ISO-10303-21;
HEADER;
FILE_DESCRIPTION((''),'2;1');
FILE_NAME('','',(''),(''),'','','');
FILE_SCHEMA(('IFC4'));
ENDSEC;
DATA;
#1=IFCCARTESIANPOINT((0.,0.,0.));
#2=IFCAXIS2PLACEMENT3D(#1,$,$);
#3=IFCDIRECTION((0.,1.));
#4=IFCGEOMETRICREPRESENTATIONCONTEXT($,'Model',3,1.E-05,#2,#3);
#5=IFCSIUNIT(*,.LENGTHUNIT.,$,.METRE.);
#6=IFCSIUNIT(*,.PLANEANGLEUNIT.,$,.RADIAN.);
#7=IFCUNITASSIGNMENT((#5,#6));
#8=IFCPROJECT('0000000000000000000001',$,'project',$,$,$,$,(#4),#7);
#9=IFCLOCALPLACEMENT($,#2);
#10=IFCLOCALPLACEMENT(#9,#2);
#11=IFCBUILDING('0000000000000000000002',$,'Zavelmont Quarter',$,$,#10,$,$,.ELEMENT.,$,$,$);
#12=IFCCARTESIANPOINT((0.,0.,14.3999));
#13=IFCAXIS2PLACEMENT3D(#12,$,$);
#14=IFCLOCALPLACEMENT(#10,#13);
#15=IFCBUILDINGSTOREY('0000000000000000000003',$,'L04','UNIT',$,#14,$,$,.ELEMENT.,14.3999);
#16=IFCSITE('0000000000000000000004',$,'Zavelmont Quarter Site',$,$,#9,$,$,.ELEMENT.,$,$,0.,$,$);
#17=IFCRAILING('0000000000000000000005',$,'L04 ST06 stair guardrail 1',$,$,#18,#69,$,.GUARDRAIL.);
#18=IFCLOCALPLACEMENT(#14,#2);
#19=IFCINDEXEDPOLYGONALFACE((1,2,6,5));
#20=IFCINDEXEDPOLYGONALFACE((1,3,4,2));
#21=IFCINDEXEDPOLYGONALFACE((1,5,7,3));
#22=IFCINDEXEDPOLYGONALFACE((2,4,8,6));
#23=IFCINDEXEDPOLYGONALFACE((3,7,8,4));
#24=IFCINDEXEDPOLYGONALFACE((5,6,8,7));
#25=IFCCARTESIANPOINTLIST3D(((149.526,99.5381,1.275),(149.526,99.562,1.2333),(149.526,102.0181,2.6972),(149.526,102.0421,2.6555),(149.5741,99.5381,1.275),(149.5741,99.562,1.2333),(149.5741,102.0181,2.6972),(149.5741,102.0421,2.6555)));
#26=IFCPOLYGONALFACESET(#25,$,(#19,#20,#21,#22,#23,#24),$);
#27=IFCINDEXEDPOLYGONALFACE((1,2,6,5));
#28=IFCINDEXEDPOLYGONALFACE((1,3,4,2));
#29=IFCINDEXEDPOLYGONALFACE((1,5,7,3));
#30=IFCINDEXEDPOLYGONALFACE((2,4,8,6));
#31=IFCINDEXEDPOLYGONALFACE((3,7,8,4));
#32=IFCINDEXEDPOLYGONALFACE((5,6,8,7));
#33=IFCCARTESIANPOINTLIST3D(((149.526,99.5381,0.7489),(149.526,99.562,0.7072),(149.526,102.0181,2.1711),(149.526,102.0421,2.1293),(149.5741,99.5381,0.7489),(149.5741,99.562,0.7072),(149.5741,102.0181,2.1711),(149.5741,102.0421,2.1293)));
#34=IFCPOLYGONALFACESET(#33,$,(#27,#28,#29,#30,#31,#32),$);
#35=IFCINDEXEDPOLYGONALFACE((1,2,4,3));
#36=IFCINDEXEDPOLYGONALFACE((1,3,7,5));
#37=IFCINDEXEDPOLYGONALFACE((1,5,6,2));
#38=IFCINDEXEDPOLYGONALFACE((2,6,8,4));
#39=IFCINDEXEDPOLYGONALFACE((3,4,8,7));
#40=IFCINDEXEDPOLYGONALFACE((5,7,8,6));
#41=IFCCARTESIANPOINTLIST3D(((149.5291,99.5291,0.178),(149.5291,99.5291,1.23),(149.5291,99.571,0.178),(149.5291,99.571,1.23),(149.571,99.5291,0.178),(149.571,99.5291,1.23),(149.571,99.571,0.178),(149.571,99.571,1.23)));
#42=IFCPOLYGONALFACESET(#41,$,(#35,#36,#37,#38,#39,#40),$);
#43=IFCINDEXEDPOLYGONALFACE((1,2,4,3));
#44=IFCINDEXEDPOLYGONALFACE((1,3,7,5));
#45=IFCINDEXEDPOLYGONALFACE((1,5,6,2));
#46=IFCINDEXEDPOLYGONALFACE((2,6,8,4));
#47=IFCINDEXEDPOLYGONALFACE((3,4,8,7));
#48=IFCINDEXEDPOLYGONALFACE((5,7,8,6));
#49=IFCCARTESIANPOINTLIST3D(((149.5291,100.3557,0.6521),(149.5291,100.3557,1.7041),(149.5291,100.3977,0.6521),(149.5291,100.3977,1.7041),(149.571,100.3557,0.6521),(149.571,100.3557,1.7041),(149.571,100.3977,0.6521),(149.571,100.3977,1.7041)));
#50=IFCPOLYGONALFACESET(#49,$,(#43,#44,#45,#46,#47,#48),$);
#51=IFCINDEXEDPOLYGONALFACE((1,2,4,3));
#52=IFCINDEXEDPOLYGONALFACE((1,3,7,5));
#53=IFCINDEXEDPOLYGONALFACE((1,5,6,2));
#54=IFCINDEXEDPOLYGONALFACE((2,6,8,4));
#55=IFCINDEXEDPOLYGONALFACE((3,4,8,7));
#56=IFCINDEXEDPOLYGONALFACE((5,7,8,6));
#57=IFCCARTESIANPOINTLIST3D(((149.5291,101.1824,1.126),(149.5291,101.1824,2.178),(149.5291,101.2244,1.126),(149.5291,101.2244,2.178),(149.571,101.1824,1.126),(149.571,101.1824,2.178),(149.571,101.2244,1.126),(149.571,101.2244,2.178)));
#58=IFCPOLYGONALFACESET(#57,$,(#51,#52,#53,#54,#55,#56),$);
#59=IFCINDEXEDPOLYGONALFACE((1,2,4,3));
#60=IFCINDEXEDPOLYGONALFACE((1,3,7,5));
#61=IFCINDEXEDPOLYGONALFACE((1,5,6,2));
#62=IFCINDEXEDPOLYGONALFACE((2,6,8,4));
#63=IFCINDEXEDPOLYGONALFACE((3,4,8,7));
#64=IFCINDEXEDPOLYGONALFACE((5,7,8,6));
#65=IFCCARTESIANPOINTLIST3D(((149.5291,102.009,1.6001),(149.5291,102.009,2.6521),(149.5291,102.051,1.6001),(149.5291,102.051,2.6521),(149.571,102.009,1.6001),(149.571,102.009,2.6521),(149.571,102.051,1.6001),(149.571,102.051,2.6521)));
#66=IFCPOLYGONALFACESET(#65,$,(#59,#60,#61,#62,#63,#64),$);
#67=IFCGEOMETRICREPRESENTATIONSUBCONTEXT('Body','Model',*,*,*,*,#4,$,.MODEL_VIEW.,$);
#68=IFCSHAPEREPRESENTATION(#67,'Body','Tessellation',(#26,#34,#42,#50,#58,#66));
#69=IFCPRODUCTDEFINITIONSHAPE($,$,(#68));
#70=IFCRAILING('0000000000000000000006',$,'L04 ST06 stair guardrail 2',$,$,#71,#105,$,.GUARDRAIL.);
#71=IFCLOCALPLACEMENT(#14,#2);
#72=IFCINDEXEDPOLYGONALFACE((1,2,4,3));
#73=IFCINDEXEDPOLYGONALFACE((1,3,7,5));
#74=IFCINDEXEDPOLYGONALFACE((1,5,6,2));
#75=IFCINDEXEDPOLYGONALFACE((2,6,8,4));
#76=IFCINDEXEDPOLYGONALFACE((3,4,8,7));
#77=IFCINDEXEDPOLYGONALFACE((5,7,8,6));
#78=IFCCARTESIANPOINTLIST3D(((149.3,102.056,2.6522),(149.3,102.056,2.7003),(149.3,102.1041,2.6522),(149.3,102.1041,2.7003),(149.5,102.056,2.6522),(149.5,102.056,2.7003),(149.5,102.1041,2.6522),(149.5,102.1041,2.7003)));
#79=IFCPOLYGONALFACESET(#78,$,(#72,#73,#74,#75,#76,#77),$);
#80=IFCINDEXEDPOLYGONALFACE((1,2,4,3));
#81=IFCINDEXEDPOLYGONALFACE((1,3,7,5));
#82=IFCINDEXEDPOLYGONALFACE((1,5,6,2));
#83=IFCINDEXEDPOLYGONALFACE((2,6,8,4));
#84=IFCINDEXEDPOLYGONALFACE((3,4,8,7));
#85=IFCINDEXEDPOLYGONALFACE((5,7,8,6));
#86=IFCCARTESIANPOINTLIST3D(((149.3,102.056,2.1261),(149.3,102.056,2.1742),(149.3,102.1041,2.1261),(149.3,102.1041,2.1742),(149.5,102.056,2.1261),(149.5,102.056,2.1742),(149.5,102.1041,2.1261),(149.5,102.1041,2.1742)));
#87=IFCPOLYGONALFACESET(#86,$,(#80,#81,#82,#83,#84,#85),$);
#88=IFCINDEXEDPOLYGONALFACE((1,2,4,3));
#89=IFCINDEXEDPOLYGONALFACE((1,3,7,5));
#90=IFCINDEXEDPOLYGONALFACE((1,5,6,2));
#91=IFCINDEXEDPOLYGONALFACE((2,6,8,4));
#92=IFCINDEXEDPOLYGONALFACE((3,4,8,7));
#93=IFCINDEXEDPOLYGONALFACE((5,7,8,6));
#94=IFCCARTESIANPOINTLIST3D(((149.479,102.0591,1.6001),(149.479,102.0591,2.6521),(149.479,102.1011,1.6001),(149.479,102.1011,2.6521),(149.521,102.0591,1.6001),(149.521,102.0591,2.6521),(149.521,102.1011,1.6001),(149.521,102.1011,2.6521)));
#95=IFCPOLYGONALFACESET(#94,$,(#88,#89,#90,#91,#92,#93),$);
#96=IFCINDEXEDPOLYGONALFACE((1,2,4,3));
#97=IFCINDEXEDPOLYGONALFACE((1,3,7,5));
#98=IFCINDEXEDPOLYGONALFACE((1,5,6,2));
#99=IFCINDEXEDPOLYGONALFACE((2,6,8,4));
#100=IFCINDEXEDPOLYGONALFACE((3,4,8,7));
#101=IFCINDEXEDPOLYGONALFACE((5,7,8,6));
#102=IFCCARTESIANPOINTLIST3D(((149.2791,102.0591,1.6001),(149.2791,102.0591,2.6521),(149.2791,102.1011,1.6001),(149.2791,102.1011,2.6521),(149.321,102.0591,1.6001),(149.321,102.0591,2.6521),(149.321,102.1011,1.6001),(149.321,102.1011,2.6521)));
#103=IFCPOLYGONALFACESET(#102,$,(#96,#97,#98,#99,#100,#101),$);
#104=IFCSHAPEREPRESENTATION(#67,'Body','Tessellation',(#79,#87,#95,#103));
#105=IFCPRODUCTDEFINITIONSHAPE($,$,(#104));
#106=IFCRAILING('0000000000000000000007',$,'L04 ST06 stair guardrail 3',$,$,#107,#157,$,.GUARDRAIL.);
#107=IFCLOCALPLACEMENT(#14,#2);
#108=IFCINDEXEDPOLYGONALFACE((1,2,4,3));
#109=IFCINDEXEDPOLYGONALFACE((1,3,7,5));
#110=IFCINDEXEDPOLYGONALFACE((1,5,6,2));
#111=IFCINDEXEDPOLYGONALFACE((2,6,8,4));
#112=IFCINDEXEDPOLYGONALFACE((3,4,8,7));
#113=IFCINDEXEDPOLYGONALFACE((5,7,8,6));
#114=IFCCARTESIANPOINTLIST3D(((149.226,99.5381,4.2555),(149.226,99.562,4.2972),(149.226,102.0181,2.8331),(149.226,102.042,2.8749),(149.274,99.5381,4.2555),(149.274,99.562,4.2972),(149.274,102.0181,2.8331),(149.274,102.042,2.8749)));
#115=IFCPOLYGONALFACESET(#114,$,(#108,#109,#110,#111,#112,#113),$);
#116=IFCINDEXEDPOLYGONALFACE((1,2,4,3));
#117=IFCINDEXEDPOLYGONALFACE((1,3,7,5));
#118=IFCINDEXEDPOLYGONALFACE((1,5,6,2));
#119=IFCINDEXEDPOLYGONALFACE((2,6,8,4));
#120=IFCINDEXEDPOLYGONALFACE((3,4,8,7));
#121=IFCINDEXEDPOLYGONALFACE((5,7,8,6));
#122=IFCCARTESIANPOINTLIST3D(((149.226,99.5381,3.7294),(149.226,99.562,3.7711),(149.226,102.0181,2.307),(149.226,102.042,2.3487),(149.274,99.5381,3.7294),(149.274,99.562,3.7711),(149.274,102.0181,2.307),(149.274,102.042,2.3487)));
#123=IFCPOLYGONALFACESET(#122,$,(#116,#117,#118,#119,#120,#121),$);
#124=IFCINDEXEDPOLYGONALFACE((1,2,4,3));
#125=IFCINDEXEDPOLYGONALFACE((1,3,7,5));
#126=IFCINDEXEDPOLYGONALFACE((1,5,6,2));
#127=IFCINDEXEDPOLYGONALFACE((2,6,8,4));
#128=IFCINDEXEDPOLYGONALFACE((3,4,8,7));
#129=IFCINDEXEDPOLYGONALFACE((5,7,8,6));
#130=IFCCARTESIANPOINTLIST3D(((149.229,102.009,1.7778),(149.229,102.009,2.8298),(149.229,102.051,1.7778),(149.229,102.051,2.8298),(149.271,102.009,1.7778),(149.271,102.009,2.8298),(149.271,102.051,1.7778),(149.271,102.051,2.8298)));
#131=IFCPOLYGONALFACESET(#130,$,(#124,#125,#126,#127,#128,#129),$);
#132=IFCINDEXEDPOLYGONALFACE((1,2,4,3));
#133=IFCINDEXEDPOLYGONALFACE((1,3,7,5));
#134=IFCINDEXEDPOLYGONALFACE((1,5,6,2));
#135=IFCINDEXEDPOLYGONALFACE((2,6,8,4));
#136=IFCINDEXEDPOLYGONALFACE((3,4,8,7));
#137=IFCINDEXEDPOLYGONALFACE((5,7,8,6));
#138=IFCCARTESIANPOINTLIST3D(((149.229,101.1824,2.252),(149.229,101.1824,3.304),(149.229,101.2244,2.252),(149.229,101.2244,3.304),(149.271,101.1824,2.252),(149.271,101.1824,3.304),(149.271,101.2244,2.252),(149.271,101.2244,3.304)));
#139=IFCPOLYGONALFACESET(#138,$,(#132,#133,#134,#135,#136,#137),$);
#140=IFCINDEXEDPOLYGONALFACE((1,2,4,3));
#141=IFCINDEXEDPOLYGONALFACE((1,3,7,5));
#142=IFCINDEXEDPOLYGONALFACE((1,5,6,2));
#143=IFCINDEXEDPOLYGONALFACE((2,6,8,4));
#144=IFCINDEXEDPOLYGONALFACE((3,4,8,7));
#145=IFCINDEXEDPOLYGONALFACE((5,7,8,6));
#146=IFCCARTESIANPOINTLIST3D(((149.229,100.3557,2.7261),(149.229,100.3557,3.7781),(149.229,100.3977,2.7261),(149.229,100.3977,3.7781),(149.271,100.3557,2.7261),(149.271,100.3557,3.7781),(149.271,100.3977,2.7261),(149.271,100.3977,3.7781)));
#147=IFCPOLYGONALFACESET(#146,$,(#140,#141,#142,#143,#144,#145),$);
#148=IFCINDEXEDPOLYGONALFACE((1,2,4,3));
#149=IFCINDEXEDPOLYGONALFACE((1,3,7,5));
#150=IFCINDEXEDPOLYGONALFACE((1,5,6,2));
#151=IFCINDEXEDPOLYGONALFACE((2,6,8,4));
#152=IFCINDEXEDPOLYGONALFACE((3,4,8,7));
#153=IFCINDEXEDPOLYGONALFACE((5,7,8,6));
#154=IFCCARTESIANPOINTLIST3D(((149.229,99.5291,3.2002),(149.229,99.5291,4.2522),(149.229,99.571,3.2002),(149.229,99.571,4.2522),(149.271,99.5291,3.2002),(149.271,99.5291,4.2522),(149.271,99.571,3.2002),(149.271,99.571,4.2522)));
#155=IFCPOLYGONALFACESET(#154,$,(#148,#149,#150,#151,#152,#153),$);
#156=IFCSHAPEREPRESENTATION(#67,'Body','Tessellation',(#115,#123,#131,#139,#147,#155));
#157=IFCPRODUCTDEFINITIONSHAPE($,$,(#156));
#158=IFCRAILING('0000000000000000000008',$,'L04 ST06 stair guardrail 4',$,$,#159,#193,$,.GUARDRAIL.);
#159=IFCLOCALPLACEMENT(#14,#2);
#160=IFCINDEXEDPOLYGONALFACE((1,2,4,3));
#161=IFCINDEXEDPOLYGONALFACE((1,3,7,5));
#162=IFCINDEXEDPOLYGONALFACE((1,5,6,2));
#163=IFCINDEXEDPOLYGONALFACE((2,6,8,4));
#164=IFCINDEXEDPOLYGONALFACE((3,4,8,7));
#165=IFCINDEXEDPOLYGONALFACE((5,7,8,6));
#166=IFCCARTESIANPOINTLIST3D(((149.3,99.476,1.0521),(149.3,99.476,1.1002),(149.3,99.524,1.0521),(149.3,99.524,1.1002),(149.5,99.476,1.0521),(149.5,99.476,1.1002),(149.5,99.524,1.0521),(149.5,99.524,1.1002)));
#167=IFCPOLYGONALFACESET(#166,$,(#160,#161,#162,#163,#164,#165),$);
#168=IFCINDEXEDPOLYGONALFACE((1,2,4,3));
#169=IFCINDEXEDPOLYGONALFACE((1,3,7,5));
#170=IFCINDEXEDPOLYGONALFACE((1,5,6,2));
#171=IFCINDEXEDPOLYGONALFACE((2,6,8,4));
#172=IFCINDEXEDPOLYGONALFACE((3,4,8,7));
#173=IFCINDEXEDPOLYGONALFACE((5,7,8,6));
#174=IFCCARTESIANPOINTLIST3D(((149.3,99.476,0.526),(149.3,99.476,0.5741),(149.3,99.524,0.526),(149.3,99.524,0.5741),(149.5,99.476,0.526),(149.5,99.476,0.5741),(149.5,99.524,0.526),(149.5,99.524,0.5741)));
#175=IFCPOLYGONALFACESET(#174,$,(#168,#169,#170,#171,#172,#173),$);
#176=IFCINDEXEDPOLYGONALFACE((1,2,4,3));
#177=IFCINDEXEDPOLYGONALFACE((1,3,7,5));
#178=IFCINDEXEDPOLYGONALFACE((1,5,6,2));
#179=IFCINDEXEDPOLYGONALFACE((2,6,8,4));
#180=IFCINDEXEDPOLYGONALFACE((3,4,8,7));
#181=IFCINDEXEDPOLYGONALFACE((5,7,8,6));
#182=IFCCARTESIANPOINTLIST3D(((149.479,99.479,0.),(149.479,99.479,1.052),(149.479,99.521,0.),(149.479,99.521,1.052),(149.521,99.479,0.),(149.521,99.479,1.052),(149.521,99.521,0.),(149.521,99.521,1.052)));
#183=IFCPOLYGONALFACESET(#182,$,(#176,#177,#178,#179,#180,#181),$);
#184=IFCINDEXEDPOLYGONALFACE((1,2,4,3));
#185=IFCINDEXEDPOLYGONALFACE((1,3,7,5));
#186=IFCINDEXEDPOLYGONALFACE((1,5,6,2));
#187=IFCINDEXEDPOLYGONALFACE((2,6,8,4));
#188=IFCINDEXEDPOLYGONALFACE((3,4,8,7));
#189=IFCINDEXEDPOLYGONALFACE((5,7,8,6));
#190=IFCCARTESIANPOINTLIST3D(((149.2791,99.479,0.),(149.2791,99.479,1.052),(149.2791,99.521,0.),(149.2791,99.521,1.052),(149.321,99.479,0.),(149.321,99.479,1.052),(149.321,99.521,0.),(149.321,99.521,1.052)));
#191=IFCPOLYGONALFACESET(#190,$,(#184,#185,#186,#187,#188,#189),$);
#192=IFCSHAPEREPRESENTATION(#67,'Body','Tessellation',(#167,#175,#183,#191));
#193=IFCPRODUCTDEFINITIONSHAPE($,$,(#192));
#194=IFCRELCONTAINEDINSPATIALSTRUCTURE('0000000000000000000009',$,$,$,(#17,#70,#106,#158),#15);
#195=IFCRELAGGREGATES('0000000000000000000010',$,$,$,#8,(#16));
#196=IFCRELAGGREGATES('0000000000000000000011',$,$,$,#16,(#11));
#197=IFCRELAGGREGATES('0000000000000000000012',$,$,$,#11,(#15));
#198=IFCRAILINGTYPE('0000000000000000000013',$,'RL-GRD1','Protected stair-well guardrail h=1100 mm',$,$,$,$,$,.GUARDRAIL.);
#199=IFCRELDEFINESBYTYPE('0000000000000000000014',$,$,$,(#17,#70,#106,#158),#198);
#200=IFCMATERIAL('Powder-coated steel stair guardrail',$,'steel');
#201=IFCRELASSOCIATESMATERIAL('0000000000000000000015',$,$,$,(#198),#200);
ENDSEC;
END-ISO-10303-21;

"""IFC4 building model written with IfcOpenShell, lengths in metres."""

from ifc_helpers import new_model, si_unit, direction, frame, origin, origin_2d, place, context, subcontext, project, spatial, rectangle, extrude, material, type_object, element, save


model = new_model("IFC4")

# Units and contexts
model_context = context("Model", 3, precision=1e-05, world=origin(), true_north=direction((0.0, 1.0)))
body_context = subcontext(model_context, "Body", "Model", "MODEL_VIEW")
ifc_project = project(units=[si_unit("LENGTHUNIT", "METRE"), si_unit("PLANEANGLEUNIT", "RADIAN")], contexts=[model_context])

# Site, building, storey
site_placement = place(None, origin())
site = spatial("IfcSite", under=ifc_project, at=site_placement, Name="Zavelmont Quarter Site", CompositionType="ELEMENT", RefElevation=0.0)
building_placement = place(site_placement, origin())
building = spatial("IfcBuilding", under=site, at=building_placement, Name="Zavelmont Quarter", CompositionType="ELEMENT")
storey_placement = place(building_placement, frame((0.0, 0.0, 14.3999)))
storey = spatial("IfcBuildingStorey", under=building, at=storey_placement, Name="L04", Description="UNIT", CompositionType="ELEMENT", Elevation=14.3999)

# Railings
ifc_material_1 = material(Name="Powder-coated steel stair guardrail", Category="steel")
railing_type_1 = type_object("IfcRailingType", Name="RL-GRD1", Description="Protected stair-well guardrail h=1100 mm", PredefinedType="GUARDRAIL", material=ifc_material_1)
railing_1_placement = place(storey_placement, frame((149.55, 99.55, 0.178)))
element("IfcRailing", 1, at=railing_1_placement, inside=storey, type_object=railing_type_1, Name="L04 ST06 stair guardrail 1", PredefinedType="GUARDRAIL", context=body_context, shape_type="SweptSolid", body=[
    extrude(rectangle(XDim=0.0481, YDim=0.0481, at=origin_2d()), frame((0.0, 0.0, 1.0762), z_axis=(0.0, 0.867491, 0.497454), x_axis=(-1.0, 0.0, 0.0)), (0.0, 0.0, 1.0), 2.8589),
    extrude(rectangle(XDim=0.0481, YDim=0.0481, at=origin_2d()), frame((0.0, 0.0, 0.55), z_axis=(0.0, 0.867491, 0.497454), x_axis=(-1.0, 0.0, 0.0)), (0.0, 0.0, 1.0), 2.8589),
    extrude(rectangle(XDim=0.042, YDim=0.042, at=origin_2d()), origin(), (0.0, 0.0, 1.0), 1.052),
    extrude(rectangle(XDim=0.042, YDim=0.042, at=origin_2d()), frame((0.0, 0.8267, 0.4741)), (0.0, 0.0, 1.0), 1.052),
    extrude(rectangle(XDim=0.042, YDim=0.042, at=origin_2d()), frame((0.0, 1.6533, 0.948)), (0.0, 0.0, 1.0), 1.052),
    extrude(rectangle(XDim=0.042, YDim=0.042, at=origin_2d()), frame((0.0, 2.48, 1.4221)), (0.0, 0.0, 1.0), 1.052),
])
railing_2_placement = place(storey_placement, frame((149.5, 102.0801, 1.6001)))
element("IfcRailing", 2, at=railing_2_placement, inside=storey, type_object=railing_type_1, Name="L04 ST06 stair guardrail 2", PredefinedType="GUARDRAIL", context=body_context, shape_type="SweptSolid", body=[
    extrude(rectangle(XDim=0.0481, YDim=0.0481, at=origin_2d()), frame((0.0, 0.0, 1.0762), z_axis=(-1.0, 0.0, 0.0), x_axis=(0.0, -1.0, 0.0)), (0.0, 0.0, 1.0), 0.2),
    extrude(rectangle(XDim=0.0481, YDim=0.0481, at=origin_2d()), frame((0.0, 0.0, 0.55), z_axis=(-1.0, 0.0, 0.0), x_axis=(0.0, -1.0, 0.0)), (0.0, 0.0, 1.0), 0.2),
    extrude(rectangle(XDim=0.042, YDim=0.042, at=origin_2d()), origin(), (0.0, 0.0, 1.0), 1.052),
    extrude(rectangle(XDim=0.042, YDim=0.042, at=origin_2d()), frame((-0.2, 0.0, 0.0)), (0.0, 0.0, 1.0), 1.052),
])
railing_3_placement = place(storey_placement, frame((149.25, 102.03, 1.7778)))
element("IfcRailing", 3, at=railing_3_placement, inside=storey, type_object=railing_type_1, Name="L04 ST06 stair guardrail 3", PredefinedType="GUARDRAIL", context=body_context, shape_type="SweptSolid", body=[
    extrude(rectangle(XDim=0.0481, YDim=0.0481, at=origin_2d()), frame((0.0, 0.0, 1.0762), z_axis=(0.0, -0.867454, 0.497518), x_axis=(1.0, 0.0, 0.0)), (0.0, 0.0, 1.0), 2.8589),
    extrude(rectangle(XDim=0.0481, YDim=0.0481, at=origin_2d()), frame((0.0, 0.0, 0.55), z_axis=(0.0, -0.867454, 0.497518), x_axis=(1.0, 0.0, 0.0)), (0.0, 0.0, 1.0), 2.8589),
    extrude(rectangle(XDim=0.042, YDim=0.042, at=origin_2d()), origin(), (0.0, 0.0, 1.0), 1.052),
    extrude(rectangle(XDim=0.042, YDim=0.042, at=origin_2d()), frame((0.0, -0.8267, 0.4741)), (0.0, 0.0, 1.0), 1.052),
    extrude(rectangle(XDim=0.042, YDim=0.042, at=origin_2d()), frame((0.0, -1.6533, 0.9482)), (0.0, 0.0, 1.0), 1.052),
    extrude(rectangle(XDim=0.042, YDim=0.042, at=origin_2d()), frame((0.0, -2.48, 1.4224)), (0.0, 0.0, 1.0), 1.052),
])
railing_4_placement = place(storey_placement, frame((149.5, 99.5, 0.0)))
element("IfcRailing", 4, at=railing_4_placement, inside=storey, type_object=railing_type_1, Name="L04 ST06 stair guardrail 4", PredefinedType="GUARDRAIL", context=body_context, shape_type="SweptSolid", body=[
    extrude(rectangle(XDim=0.0481, YDim=0.0481, at=origin_2d()), frame((0.0, 0.0, 1.0762), z_axis=(-1.0, 0.0, 0.0), x_axis=(0.0, -1.0, 0.0)), (0.0, 0.0, 1.0), 0.2),
    extrude(rectangle(XDim=0.0481, YDim=0.0481, at=origin_2d()), frame((0.0, 0.0, 0.55), z_axis=(-1.0, 0.0, 0.0), x_axis=(0.0, -1.0, 0.0)), (0.0, 0.0, 1.0), 0.2),
    extrude(rectangle(XDim=0.042, YDim=0.042, at=origin_2d()), origin(), (0.0, 0.0, 1.0), 1.052),
    extrude(rectangle(XDim=0.042, YDim=0.042, at=origin_2d()), frame((-0.2, 0.0, 0.0)), (0.0, 0.0, 1.0), 1.052),
])

save(model, "model.ifc")
